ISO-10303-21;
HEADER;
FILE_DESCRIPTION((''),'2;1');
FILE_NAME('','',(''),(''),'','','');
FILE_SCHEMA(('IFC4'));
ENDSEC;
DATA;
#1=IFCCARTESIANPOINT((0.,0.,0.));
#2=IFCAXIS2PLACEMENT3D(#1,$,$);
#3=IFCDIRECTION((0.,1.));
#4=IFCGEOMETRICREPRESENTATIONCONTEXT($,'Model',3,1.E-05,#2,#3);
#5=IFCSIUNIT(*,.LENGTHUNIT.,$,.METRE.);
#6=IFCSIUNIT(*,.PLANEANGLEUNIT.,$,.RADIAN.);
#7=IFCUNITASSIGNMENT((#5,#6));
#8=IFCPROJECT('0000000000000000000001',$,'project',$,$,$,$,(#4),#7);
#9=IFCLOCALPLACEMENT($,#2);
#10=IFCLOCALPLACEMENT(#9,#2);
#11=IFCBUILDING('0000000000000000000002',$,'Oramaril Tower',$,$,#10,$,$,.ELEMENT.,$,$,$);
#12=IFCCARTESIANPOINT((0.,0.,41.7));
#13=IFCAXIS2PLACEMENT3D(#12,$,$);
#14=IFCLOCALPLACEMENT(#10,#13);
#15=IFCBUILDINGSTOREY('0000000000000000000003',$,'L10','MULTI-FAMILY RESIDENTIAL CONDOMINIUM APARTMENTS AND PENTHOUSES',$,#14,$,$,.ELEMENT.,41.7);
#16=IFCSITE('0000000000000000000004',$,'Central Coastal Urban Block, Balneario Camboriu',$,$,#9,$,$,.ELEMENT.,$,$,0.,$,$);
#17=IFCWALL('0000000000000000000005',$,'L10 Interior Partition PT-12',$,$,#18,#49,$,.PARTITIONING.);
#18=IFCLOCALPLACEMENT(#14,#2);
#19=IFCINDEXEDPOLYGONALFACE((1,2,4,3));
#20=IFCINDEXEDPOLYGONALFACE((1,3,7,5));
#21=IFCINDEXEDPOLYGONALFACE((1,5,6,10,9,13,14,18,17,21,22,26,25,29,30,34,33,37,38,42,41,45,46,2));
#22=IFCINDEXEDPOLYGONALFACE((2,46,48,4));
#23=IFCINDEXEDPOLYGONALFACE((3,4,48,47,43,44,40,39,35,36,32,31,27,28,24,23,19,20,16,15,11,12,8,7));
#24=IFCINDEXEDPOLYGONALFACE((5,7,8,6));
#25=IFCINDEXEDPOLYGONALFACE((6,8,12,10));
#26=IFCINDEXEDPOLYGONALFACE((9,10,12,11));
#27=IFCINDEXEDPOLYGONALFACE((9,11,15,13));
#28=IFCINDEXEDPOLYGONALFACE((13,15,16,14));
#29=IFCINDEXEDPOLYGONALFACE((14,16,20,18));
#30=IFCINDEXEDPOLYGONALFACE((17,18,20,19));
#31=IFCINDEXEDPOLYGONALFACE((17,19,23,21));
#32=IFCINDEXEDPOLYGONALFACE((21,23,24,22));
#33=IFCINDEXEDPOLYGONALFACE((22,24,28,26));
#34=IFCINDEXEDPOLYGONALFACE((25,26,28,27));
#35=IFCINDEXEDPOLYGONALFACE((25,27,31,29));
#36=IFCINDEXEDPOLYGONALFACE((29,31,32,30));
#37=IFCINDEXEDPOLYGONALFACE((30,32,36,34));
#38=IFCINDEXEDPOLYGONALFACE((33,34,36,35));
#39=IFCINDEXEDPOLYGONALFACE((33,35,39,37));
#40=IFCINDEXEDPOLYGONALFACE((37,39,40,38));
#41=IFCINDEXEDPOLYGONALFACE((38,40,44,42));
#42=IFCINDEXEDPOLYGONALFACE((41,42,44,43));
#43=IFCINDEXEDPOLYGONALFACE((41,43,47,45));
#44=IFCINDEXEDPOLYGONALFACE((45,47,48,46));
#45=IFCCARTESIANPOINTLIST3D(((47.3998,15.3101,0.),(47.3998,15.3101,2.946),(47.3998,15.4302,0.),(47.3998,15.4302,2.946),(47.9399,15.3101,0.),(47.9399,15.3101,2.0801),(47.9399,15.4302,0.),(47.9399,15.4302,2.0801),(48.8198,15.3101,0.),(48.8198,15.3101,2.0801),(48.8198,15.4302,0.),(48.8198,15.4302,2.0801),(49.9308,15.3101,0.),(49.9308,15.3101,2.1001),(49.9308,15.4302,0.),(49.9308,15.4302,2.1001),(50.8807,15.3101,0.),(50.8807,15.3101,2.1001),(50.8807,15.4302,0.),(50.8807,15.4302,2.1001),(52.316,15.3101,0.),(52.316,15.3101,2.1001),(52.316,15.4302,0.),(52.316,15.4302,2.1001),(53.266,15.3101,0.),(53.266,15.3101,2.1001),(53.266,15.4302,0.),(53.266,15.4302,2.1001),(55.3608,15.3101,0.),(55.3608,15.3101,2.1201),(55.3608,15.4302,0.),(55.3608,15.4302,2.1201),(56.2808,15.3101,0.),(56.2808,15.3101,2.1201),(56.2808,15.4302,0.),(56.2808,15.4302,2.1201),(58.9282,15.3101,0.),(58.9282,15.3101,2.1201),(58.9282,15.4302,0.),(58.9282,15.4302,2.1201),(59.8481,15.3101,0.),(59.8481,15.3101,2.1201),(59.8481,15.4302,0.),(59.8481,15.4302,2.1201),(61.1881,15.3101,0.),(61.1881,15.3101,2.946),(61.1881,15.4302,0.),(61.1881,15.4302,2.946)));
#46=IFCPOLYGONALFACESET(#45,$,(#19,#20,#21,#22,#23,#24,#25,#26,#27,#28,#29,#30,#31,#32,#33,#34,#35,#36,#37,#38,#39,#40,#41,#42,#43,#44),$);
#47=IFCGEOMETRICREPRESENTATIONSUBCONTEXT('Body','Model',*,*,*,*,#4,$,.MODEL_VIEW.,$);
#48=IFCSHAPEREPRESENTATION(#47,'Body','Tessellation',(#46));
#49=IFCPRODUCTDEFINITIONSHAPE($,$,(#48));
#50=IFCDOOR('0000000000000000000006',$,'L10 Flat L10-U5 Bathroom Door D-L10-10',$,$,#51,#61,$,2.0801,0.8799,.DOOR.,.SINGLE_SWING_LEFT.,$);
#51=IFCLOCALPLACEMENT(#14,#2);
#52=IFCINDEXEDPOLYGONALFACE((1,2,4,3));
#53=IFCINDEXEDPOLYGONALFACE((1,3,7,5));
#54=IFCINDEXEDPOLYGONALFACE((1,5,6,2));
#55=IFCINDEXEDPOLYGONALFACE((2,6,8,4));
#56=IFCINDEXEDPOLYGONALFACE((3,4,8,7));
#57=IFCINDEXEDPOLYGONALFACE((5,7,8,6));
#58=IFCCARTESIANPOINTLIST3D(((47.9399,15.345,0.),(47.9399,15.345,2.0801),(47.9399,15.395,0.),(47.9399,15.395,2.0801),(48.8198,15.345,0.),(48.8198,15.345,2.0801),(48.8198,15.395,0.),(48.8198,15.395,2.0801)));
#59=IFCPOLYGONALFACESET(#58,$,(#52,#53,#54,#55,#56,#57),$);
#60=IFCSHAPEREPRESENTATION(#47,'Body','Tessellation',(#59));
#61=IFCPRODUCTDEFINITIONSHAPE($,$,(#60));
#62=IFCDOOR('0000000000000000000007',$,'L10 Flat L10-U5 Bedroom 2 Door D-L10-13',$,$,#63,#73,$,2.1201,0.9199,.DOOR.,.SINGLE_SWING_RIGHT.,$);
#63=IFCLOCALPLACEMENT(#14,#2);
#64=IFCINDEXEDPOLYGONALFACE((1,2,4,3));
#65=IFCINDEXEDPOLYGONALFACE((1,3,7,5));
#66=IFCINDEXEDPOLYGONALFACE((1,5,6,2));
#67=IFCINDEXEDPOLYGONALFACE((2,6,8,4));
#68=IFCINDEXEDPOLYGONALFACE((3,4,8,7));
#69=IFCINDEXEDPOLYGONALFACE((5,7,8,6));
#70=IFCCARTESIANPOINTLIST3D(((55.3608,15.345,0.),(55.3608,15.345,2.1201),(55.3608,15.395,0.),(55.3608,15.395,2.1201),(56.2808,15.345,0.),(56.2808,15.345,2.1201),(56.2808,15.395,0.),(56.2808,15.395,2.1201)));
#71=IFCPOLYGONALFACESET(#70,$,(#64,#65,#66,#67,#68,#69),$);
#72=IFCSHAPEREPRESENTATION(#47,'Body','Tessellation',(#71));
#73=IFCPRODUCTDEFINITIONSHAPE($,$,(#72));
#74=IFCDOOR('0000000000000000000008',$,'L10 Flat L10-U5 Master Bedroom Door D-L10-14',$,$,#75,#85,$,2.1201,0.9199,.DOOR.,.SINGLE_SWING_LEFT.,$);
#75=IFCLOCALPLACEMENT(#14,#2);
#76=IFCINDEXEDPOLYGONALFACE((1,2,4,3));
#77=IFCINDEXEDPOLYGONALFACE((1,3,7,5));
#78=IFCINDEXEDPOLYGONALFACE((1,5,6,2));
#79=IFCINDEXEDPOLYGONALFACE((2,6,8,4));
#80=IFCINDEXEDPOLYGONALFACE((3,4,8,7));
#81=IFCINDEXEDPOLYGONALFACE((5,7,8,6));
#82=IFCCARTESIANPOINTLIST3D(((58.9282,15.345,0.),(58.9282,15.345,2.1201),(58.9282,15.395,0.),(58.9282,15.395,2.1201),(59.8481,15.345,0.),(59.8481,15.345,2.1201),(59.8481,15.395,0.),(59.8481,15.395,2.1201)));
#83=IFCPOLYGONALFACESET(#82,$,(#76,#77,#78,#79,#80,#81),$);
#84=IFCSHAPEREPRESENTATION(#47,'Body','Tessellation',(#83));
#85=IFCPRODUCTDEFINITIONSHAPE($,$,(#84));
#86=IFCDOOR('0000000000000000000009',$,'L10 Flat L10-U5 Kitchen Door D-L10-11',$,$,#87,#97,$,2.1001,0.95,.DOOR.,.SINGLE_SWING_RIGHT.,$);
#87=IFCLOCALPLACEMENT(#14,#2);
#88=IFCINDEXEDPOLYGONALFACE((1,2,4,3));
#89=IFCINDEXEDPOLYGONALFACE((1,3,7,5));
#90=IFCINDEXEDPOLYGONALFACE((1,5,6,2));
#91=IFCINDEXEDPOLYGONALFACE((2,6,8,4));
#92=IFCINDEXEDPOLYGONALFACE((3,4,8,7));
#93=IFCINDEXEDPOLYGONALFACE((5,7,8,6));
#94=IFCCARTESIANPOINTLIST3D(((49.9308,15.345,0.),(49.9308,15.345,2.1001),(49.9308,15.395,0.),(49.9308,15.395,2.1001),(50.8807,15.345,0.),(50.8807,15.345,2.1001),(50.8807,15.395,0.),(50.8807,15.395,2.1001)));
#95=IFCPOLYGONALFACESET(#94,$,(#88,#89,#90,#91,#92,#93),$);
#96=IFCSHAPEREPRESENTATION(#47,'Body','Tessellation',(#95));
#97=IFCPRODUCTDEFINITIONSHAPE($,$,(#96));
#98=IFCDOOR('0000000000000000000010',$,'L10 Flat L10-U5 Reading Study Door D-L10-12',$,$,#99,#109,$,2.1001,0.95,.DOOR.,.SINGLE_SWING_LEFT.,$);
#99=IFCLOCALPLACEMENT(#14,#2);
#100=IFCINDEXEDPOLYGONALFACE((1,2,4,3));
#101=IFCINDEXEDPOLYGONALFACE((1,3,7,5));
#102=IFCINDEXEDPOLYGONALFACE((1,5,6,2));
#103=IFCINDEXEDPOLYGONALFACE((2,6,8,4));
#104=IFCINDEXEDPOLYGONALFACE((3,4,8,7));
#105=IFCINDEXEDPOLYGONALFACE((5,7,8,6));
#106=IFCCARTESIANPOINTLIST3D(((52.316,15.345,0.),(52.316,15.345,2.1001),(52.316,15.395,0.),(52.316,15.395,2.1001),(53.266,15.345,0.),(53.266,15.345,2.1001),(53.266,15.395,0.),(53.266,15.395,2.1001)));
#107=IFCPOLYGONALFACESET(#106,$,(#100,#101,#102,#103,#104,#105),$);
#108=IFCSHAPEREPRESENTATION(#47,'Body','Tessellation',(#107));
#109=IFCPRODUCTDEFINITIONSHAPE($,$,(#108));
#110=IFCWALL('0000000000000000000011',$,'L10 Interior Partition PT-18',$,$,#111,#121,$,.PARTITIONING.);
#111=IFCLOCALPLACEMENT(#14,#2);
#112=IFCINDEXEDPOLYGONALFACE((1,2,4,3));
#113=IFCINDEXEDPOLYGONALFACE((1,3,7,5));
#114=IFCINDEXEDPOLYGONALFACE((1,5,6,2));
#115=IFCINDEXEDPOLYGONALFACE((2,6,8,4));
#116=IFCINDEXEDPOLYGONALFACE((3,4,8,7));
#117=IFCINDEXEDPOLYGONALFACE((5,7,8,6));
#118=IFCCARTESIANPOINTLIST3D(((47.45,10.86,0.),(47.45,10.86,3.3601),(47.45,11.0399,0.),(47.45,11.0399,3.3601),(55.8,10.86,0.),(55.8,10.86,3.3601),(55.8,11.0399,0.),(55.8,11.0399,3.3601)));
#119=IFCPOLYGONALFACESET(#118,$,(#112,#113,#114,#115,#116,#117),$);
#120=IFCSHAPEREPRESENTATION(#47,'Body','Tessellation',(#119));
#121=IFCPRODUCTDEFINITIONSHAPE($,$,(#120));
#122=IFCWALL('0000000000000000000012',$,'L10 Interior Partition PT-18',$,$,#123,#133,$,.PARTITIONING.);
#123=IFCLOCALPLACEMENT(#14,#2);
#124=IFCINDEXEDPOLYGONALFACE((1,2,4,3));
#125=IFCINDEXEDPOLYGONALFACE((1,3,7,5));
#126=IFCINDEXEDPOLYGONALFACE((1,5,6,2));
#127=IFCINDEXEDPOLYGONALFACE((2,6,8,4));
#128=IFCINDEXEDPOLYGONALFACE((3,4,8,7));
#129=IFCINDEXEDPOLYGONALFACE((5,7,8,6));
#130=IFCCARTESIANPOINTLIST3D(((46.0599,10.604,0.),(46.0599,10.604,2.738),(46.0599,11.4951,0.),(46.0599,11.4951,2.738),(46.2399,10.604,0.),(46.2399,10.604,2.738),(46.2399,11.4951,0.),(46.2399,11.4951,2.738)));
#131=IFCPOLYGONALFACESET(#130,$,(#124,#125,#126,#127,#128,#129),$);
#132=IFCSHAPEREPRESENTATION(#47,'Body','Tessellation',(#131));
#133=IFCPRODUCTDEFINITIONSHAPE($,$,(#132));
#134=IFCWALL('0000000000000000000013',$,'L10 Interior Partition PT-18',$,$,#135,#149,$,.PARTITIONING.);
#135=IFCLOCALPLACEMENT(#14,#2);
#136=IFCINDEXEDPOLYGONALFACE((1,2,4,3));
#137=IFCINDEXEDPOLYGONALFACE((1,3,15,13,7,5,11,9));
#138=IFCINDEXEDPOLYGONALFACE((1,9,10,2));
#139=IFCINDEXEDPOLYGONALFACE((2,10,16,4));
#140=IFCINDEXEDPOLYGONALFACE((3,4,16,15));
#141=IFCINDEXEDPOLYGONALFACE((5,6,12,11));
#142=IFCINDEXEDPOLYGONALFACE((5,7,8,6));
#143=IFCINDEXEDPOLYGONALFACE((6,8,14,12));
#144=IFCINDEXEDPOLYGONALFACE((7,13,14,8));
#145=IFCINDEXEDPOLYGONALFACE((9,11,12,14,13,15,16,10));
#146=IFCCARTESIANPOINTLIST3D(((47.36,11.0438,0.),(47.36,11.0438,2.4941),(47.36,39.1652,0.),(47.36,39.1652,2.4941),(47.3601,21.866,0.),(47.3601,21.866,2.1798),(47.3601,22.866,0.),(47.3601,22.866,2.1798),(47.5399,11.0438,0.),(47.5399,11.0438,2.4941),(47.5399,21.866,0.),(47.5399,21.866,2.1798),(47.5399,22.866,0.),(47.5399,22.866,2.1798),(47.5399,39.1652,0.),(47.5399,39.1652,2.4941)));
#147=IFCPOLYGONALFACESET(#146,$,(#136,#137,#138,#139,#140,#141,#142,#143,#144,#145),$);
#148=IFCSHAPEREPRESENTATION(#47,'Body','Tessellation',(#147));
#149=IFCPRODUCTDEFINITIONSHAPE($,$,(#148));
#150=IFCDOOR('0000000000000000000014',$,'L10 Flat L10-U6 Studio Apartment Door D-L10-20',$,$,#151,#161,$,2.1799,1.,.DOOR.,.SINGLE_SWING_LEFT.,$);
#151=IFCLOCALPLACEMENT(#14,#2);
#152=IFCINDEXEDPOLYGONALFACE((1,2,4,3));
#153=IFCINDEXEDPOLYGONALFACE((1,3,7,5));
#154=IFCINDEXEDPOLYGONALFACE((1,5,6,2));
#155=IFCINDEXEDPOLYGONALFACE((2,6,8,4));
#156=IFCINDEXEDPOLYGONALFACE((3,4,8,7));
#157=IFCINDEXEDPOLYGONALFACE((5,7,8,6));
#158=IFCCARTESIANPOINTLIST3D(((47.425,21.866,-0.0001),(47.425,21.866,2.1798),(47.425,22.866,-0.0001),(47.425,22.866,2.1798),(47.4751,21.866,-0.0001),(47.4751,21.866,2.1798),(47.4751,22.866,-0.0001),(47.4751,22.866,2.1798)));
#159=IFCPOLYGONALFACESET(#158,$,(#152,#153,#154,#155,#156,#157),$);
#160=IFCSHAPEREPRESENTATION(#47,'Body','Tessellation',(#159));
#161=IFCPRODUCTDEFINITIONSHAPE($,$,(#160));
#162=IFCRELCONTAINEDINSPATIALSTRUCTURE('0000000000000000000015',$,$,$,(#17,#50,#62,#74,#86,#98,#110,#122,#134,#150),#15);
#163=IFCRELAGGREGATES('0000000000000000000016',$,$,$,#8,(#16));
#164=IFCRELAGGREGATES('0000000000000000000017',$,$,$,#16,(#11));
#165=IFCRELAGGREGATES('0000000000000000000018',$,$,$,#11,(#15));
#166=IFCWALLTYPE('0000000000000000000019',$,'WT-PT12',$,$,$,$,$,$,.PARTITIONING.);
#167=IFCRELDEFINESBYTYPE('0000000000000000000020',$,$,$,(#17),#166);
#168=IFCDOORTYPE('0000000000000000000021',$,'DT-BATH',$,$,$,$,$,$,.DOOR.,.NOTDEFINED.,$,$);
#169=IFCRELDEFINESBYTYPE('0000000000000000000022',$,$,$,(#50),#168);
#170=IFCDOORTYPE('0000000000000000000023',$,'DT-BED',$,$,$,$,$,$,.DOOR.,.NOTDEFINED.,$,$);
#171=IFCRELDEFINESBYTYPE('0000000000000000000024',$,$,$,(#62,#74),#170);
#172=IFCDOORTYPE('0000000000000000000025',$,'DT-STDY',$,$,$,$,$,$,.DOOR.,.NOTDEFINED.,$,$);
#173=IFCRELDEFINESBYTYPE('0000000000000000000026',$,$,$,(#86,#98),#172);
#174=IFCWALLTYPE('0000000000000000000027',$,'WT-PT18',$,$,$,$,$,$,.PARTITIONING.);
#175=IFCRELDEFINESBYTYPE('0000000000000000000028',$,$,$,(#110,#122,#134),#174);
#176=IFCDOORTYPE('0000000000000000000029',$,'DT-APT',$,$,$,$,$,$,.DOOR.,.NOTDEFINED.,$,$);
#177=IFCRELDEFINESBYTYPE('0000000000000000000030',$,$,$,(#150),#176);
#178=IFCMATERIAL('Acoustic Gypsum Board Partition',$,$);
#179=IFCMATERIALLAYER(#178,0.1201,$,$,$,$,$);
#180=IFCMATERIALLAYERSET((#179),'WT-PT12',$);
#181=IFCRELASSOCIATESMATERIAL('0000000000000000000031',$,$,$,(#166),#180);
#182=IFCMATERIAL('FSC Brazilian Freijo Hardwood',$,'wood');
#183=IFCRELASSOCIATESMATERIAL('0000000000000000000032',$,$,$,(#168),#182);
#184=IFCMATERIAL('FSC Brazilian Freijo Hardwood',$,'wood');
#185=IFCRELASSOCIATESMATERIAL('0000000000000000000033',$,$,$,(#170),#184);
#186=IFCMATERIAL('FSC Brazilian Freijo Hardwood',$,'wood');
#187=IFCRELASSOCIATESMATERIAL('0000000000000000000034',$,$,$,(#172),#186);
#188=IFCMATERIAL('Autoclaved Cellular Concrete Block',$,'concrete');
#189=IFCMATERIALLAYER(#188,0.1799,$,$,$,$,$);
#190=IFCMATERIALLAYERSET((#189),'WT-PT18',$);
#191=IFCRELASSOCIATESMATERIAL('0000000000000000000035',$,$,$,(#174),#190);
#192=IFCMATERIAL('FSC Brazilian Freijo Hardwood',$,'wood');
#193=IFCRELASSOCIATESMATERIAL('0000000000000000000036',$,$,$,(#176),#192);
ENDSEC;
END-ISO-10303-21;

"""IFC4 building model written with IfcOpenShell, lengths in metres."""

from ifc_helpers import new_model, si_unit, direction, frame, frame_2d, origin, place, context, subcontext, project, spatial, rectangle, extrude, material, layer, layer_set, type_object, element, fill, save


model = new_model("IFC4")

# Units and contexts
model_context = context("Model", 3, precision=1e-05, world=origin(), true_north=direction((0.0, 1.0)))
body_context = subcontext(model_context, "Body", "Model", "MODEL_VIEW")
ifc_project = project(units=[si_unit("LENGTHUNIT", "METRE"), si_unit("PLANEANGLEUNIT", "RADIAN")], contexts=[model_context])

# Site, building, storey
site_placement = place(None, origin())
site = spatial("IfcSite", under=ifc_project, at=site_placement, Name="Central Coastal Urban Block, Balneario Camboriu", CompositionType="ELEMENT", RefElevation=0.0)
building_placement = place(site_placement, origin())
building = spatial("IfcBuilding", under=site, at=building_placement, Name="Oramaril Tower", CompositionType="ELEMENT")
storey_placement = place(building_placement, frame((0.0, 0.0, 41.7)))
storey = spatial("IfcBuildingStorey", under=building, at=storey_placement, Name="L10", Description="MULTI-FAMILY RESIDENTIAL CONDOMINIUM APARTMENTS AND PENTHOUSES", CompositionType="ELEMENT", Elevation=41.7)

# Wall, openings, doors
ifc_material_1 = material(Name="Acoustic Gypsum Board Partition")
ifc_layer_1 = layer(ifc_material_1, 0.1201)
ifc_layer_set_1 = layer_set([ifc_layer_1], Name="WT-PT12")
wall_type_1 = type_object("IfcWallType", Name="WT-PT12", PredefinedType="PARTITIONING", material=ifc_layer_set_1)
wall_1_placement = place(storey_placement, frame((47.3999, 15.3701, 0.0), z_axis=(0.0, 0.0, 1.0), x_axis=(1.0, 0.0, 0.0)))
wall_1 = element("IfcWall", 1, at=wall_1_placement, inside=storey, type_object=wall_type_1, Name="L10 Interior Partition PT-12", PredefinedType="PARTITIONING", context=body_context, shape_type="SweptSolid", body=[
    extrude(rectangle(XDim=13.7883, YDim=0.1201, at=frame_2d((6.894, 0.0))), origin(), (0.0, 0.0, 1.0), 2.946),
])
opening_1_placement = place(wall_1_placement, frame((0.54, 0.0, 0.0)))
opening_1 = element("IfcOpeningElement", 2, at=opening_1_placement, cuts=wall_1, PredefinedType="OPENING", context=body_context, shape_type="SweptSolid", body=[
    extrude(rectangle(XDim=0.8799, YDim=2.0801, at=frame_2d((0.4399, 1.04))), frame((0.0, 0.0601, 0.0), z_axis=(0.0, -1.0, 0.0), x_axis=(1.0, 0.0, 0.0)), (0.0, 0.0, 1.0), 0.1201),
])
opening_2_placement = place(wall_1_placement, frame((2.5308, 0.0, 0.0)))
opening_2 = element("IfcOpeningElement", 3, at=opening_2_placement, cuts=wall_1, PredefinedType="OPENING", context=body_context, shape_type="SweptSolid", body=[
    extrude(rectangle(XDim=0.95, YDim=2.1001, at=frame_2d((0.4751, 1.05))), frame((0.0, 0.0601, 0.0), z_axis=(0.0, -1.0, 0.0), x_axis=(1.0, 0.0, 0.0)), (0.0, 0.0, 1.0), 0.1201),
])
opening_3_placement = place(wall_1_placement, frame((4.916, 0.0, 0.0)))
opening_3 = element("IfcOpeningElement", 4, at=opening_3_placement, cuts=wall_1, PredefinedType="OPENING", context=body_context, shape_type="SweptSolid", body=[
    extrude(rectangle(XDim=0.95, YDim=2.1001, at=frame_2d((0.4751, 1.05))), frame((0.0, 0.0601, 0.0), z_axis=(0.0, -1.0, 0.0), x_axis=(1.0, 0.0, 0.0)), (0.0, 0.0, 1.0), 0.1201),
])
opening_4_placement = place(wall_1_placement, frame((7.9609, 0.0, 0.0)))
opening_4 = element("IfcOpeningElement", 5, at=opening_4_placement, cuts=wall_1, PredefinedType="OPENING", context=body_context, shape_type="SweptSolid", body=[
    extrude(rectangle(XDim=0.9199, YDim=2.1201, at=frame_2d((0.46, 1.0601))), frame((0.0, 0.0601, 0.0), z_axis=(0.0, -1.0, 0.0), x_axis=(1.0, 0.0, 0.0)), (0.0, 0.0, 1.0), 0.1201),
])
opening_5_placement = place(wall_1_placement, frame((11.5283, 0.0, 0.0)))
opening_5 = element("IfcOpeningElement", 6, at=opening_5_placement, cuts=wall_1, PredefinedType="OPENING", context=body_context, shape_type="SweptSolid", body=[
    extrude(rectangle(XDim=0.9199, YDim=2.1201, at=frame_2d((0.46, 1.0601))), frame((0.0, 0.0601, 0.0), z_axis=(0.0, -1.0, 0.0), x_axis=(1.0, 0.0, 0.0)), (0.0, 0.0, 1.0), 0.1201),
])
ifc_material_2 = material(Name="FSC Brazilian Freijo Hardwood", Category="wood")
door_type_1 = type_object("IfcDoorType", Name="DT-BATH", OperationType="NOTDEFINED", PredefinedType="DOOR", material=ifc_material_2)
door_1_placement = place(opening_1_placement, origin())
door_1 = element("IfcDoor", 7, at=door_1_placement, inside=storey, type_object=door_type_1, Name="L10 Flat L10-U5 Bathroom Door D-L10-10", OperationType="SINGLE_SWING_LEFT", OverallHeight=2.0801, OverallWidth=0.8799, PredefinedType="DOOR", context=body_context, shape_type="SweptSolid", body=[
    extrude(rectangle(XDim=0.8799, YDim=2.0801, at=frame_2d((0.4399, 1.04))), frame((0.0, 0.0249, 0.0), z_axis=(0.0, -1.0, 0.0), x_axis=(1.0, 0.0, 0.0)), (0.0, 0.0, 1.0), 0.05),
])
fill(opening_1, door_1)
ifc_material_3 = material(Name="FSC Brazilian Freijo Hardwood", Category="wood")
door_type_2 = type_object("IfcDoorType", Name="DT-BED", OperationType="NOTDEFINED", PredefinedType="DOOR", material=ifc_material_3)
door_2_placement = place(opening_4_placement, origin())
door_2 = element("IfcDoor", 8, at=door_2_placement, inside=storey, type_object=door_type_2, Name="L10 Flat L10-U5 Bedroom 2 Door D-L10-13", OperationType="SINGLE_SWING_RIGHT", OverallHeight=2.1201, OverallWidth=0.9199, PredefinedType="DOOR", context=body_context, shape_type="SweptSolid", body=[
    extrude(rectangle(XDim=0.9199, YDim=2.1201, at=frame_2d((0.46, 1.0601))), frame((0.0, 0.0249, 0.0), z_axis=(0.0, -1.0, 0.0), x_axis=(1.0, 0.0, 0.0)), (0.0, 0.0, 1.0), 0.05),
])
fill(opening_4, door_2)
door_3_placement = place(opening_5_placement, origin())
door_3 = element("IfcDoor", 9, at=door_3_placement, inside=storey, type_object=door_type_2, Name="L10 Flat L10-U5 Master Bedroom Door D-L10-14", OperationType="SINGLE_SWING_LEFT", OverallHeight=2.1201, OverallWidth=0.9199, PredefinedType="DOOR", context=body_context, shape_type="SweptSolid", body=[
    extrude(rectangle(XDim=0.9199, YDim=2.1201, at=frame_2d((0.46, 1.0601))), frame((0.0, 0.0249, 0.0), z_axis=(0.0, -1.0, 0.0), x_axis=(1.0, 0.0, 0.0)), (0.0, 0.0, 1.0), 0.05),
])
fill(opening_5, door_3)
ifc_material_4 = material(Name="FSC Brazilian Freijo Hardwood", Category="wood")
door_type_3 = type_object("IfcDoorType", Name="DT-STDY", OperationType="NOTDEFINED", PredefinedType="DOOR", material=ifc_material_4)
door_4_placement = place(opening_2_placement, origin())
door_4 = element("IfcDoor", 10, at=door_4_placement, inside=storey, type_object=door_type_3, Name="L10 Flat L10-U5 Kitchen Door D-L10-11", OperationType="SINGLE_SWING_RIGHT", OverallHeight=2.1001, OverallWidth=0.95, PredefinedType="DOOR", context=body_context, shape_type="SweptSolid", body=[
    extrude(rectangle(XDim=0.95, YDim=2.1001, at=frame_2d((0.4751, 1.05))), frame((0.0, 0.0249, 0.0), z_axis=(0.0, -1.0, 0.0), x_axis=(1.0, 0.0, 0.0)), (0.0, 0.0, 1.0), 0.05),
])
fill(opening_2, door_4)
door_5_placement = place(opening_3_placement, origin())
door_5 = element("IfcDoor", 11, at=door_5_placement, inside=storey, type_object=door_type_3, Name="L10 Flat L10-U5 Reading Study Door D-L10-12", OperationType="SINGLE_SWING_LEFT", OverallHeight=2.1001, OverallWidth=0.95, PredefinedType="DOOR", context=body_context, shape_type="SweptSolid", body=[
    extrude(rectangle(XDim=0.95, YDim=2.1001, at=frame_2d((0.4751, 1.05))), frame((0.0, 0.0249, 0.0), z_axis=(0.0, -1.0, 0.0), x_axis=(1.0, 0.0, 0.0)), (0.0, 0.0, 1.0), 0.05),
])
fill(opening_3, door_5)

# Walls
ifc_material_5 = material(Name="Autoclaved Cellular Concrete Block", Category="concrete")
ifc_layer_2 = layer(ifc_material_5, 0.1799)
ifc_layer_set_2 = layer_set([ifc_layer_2], Name="WT-PT18")
wall_type_2 = type_object("IfcWallType", Name="WT-PT18", PredefinedType="PARTITIONING", material=ifc_layer_set_2)
wall_2_placement = place(storey_placement, frame((47.45, 10.95, 0.0), z_axis=(0.0, 0.0, 1.0), x_axis=(1.0, 0.0, 0.0)))
element("IfcWall", 12, at=wall_2_placement, inside=storey, type_object=wall_type_2, Name="L10 Interior Partition PT-18", PredefinedType="PARTITIONING", context=body_context, shape_type="SweptSolid", body=[
    extrude(rectangle(XDim=8.3501, YDim=0.1799, at=frame_2d((4.175, 0.0))), origin(), (0.0, 0.0, 1.0), 3.3601),
])
wall_3_placement = place(storey_placement, frame((46.1499, 10.604, 0.0), z_axis=(0.0, 0.0, 1.0), x_axis=(0.0, 1.0, 0.0)))
element("IfcWall", 13, at=wall_3_placement, inside=storey, type_object=wall_type_2, Name="L10 Interior Partition PT-18", PredefinedType="PARTITIONING", context=body_context, shape_type="SweptSolid", body=[
    extrude(rectangle(XDim=0.8911, YDim=0.1799, at=frame_2d((0.4456, 0.0))), origin(), (0.0, 0.0, 1.0), 2.738),
])

# Wall, opening, door
wall_4_placement = place(storey_placement, frame((47.45, 11.0439, 0.0), z_axis=(0.0, 0.0, 1.0), x_axis=(0.0, 1.0, 0.0)))
wall_4 = element("IfcWall", 14, at=wall_4_placement, inside=storey, type_object=wall_type_2, Name="L10 Interior Partition PT-18", PredefinedType="PARTITIONING", context=body_context, shape_type="SweptSolid", body=[
    extrude(rectangle(XDim=28.1213, YDim=0.1799, at=frame_2d((14.0605, 0.0))), origin(), (0.0, 0.0, 1.0), 2.4941),
])
opening_6_placement = place(wall_4_placement, frame((10.822, 0.0, 0.0)))
opening_6 = element("IfcOpeningElement", 15, at=opening_6_placement, cuts=wall_4, PredefinedType="OPENING", context=body_context, shape_type="SweptSolid", body=[
    extrude(rectangle(XDim=1.0, YDim=2.1799, at=frame_2d((0.5, 1.0898))), frame((0.0, 0.0898, 0.0), z_axis=(0.0, -1.0, 0.0), x_axis=(1.0, 0.0, 0.0)), (0.0, 0.0, 1.0), 0.1799),
])
ifc_material_6 = material(Name="FSC Brazilian Freijo Hardwood", Category="wood")
door_type_4 = type_object("IfcDoorType", Name="DT-APT", OperationType="NOTDEFINED", PredefinedType="DOOR", material=ifc_material_6)
door_6_placement = place(opening_6_placement, origin())
door_6 = element("IfcDoor", 16, at=door_6_placement, inside=storey, type_object=door_type_4, Name="L10 Flat L10-U6 Studio Apartment Door D-L10-20", OperationType="SINGLE_SWING_LEFT", OverallHeight=2.1799, OverallWidth=1.0, PredefinedType="DOOR", context=body_context, shape_type="SweptSolid", body=[
    extrude(rectangle(XDim=1.0, YDim=2.1799, at=frame_2d((0.5, 1.0898))), frame((0.0, 0.0249, 0.0), z_axis=(0.0, -1.0, 0.0), x_axis=(1.0, 0.0, 0.0)), (0.0, 0.0, 1.0), 0.05),
])
fill(opening_6, door_6)

save(model, "model.ifc")
